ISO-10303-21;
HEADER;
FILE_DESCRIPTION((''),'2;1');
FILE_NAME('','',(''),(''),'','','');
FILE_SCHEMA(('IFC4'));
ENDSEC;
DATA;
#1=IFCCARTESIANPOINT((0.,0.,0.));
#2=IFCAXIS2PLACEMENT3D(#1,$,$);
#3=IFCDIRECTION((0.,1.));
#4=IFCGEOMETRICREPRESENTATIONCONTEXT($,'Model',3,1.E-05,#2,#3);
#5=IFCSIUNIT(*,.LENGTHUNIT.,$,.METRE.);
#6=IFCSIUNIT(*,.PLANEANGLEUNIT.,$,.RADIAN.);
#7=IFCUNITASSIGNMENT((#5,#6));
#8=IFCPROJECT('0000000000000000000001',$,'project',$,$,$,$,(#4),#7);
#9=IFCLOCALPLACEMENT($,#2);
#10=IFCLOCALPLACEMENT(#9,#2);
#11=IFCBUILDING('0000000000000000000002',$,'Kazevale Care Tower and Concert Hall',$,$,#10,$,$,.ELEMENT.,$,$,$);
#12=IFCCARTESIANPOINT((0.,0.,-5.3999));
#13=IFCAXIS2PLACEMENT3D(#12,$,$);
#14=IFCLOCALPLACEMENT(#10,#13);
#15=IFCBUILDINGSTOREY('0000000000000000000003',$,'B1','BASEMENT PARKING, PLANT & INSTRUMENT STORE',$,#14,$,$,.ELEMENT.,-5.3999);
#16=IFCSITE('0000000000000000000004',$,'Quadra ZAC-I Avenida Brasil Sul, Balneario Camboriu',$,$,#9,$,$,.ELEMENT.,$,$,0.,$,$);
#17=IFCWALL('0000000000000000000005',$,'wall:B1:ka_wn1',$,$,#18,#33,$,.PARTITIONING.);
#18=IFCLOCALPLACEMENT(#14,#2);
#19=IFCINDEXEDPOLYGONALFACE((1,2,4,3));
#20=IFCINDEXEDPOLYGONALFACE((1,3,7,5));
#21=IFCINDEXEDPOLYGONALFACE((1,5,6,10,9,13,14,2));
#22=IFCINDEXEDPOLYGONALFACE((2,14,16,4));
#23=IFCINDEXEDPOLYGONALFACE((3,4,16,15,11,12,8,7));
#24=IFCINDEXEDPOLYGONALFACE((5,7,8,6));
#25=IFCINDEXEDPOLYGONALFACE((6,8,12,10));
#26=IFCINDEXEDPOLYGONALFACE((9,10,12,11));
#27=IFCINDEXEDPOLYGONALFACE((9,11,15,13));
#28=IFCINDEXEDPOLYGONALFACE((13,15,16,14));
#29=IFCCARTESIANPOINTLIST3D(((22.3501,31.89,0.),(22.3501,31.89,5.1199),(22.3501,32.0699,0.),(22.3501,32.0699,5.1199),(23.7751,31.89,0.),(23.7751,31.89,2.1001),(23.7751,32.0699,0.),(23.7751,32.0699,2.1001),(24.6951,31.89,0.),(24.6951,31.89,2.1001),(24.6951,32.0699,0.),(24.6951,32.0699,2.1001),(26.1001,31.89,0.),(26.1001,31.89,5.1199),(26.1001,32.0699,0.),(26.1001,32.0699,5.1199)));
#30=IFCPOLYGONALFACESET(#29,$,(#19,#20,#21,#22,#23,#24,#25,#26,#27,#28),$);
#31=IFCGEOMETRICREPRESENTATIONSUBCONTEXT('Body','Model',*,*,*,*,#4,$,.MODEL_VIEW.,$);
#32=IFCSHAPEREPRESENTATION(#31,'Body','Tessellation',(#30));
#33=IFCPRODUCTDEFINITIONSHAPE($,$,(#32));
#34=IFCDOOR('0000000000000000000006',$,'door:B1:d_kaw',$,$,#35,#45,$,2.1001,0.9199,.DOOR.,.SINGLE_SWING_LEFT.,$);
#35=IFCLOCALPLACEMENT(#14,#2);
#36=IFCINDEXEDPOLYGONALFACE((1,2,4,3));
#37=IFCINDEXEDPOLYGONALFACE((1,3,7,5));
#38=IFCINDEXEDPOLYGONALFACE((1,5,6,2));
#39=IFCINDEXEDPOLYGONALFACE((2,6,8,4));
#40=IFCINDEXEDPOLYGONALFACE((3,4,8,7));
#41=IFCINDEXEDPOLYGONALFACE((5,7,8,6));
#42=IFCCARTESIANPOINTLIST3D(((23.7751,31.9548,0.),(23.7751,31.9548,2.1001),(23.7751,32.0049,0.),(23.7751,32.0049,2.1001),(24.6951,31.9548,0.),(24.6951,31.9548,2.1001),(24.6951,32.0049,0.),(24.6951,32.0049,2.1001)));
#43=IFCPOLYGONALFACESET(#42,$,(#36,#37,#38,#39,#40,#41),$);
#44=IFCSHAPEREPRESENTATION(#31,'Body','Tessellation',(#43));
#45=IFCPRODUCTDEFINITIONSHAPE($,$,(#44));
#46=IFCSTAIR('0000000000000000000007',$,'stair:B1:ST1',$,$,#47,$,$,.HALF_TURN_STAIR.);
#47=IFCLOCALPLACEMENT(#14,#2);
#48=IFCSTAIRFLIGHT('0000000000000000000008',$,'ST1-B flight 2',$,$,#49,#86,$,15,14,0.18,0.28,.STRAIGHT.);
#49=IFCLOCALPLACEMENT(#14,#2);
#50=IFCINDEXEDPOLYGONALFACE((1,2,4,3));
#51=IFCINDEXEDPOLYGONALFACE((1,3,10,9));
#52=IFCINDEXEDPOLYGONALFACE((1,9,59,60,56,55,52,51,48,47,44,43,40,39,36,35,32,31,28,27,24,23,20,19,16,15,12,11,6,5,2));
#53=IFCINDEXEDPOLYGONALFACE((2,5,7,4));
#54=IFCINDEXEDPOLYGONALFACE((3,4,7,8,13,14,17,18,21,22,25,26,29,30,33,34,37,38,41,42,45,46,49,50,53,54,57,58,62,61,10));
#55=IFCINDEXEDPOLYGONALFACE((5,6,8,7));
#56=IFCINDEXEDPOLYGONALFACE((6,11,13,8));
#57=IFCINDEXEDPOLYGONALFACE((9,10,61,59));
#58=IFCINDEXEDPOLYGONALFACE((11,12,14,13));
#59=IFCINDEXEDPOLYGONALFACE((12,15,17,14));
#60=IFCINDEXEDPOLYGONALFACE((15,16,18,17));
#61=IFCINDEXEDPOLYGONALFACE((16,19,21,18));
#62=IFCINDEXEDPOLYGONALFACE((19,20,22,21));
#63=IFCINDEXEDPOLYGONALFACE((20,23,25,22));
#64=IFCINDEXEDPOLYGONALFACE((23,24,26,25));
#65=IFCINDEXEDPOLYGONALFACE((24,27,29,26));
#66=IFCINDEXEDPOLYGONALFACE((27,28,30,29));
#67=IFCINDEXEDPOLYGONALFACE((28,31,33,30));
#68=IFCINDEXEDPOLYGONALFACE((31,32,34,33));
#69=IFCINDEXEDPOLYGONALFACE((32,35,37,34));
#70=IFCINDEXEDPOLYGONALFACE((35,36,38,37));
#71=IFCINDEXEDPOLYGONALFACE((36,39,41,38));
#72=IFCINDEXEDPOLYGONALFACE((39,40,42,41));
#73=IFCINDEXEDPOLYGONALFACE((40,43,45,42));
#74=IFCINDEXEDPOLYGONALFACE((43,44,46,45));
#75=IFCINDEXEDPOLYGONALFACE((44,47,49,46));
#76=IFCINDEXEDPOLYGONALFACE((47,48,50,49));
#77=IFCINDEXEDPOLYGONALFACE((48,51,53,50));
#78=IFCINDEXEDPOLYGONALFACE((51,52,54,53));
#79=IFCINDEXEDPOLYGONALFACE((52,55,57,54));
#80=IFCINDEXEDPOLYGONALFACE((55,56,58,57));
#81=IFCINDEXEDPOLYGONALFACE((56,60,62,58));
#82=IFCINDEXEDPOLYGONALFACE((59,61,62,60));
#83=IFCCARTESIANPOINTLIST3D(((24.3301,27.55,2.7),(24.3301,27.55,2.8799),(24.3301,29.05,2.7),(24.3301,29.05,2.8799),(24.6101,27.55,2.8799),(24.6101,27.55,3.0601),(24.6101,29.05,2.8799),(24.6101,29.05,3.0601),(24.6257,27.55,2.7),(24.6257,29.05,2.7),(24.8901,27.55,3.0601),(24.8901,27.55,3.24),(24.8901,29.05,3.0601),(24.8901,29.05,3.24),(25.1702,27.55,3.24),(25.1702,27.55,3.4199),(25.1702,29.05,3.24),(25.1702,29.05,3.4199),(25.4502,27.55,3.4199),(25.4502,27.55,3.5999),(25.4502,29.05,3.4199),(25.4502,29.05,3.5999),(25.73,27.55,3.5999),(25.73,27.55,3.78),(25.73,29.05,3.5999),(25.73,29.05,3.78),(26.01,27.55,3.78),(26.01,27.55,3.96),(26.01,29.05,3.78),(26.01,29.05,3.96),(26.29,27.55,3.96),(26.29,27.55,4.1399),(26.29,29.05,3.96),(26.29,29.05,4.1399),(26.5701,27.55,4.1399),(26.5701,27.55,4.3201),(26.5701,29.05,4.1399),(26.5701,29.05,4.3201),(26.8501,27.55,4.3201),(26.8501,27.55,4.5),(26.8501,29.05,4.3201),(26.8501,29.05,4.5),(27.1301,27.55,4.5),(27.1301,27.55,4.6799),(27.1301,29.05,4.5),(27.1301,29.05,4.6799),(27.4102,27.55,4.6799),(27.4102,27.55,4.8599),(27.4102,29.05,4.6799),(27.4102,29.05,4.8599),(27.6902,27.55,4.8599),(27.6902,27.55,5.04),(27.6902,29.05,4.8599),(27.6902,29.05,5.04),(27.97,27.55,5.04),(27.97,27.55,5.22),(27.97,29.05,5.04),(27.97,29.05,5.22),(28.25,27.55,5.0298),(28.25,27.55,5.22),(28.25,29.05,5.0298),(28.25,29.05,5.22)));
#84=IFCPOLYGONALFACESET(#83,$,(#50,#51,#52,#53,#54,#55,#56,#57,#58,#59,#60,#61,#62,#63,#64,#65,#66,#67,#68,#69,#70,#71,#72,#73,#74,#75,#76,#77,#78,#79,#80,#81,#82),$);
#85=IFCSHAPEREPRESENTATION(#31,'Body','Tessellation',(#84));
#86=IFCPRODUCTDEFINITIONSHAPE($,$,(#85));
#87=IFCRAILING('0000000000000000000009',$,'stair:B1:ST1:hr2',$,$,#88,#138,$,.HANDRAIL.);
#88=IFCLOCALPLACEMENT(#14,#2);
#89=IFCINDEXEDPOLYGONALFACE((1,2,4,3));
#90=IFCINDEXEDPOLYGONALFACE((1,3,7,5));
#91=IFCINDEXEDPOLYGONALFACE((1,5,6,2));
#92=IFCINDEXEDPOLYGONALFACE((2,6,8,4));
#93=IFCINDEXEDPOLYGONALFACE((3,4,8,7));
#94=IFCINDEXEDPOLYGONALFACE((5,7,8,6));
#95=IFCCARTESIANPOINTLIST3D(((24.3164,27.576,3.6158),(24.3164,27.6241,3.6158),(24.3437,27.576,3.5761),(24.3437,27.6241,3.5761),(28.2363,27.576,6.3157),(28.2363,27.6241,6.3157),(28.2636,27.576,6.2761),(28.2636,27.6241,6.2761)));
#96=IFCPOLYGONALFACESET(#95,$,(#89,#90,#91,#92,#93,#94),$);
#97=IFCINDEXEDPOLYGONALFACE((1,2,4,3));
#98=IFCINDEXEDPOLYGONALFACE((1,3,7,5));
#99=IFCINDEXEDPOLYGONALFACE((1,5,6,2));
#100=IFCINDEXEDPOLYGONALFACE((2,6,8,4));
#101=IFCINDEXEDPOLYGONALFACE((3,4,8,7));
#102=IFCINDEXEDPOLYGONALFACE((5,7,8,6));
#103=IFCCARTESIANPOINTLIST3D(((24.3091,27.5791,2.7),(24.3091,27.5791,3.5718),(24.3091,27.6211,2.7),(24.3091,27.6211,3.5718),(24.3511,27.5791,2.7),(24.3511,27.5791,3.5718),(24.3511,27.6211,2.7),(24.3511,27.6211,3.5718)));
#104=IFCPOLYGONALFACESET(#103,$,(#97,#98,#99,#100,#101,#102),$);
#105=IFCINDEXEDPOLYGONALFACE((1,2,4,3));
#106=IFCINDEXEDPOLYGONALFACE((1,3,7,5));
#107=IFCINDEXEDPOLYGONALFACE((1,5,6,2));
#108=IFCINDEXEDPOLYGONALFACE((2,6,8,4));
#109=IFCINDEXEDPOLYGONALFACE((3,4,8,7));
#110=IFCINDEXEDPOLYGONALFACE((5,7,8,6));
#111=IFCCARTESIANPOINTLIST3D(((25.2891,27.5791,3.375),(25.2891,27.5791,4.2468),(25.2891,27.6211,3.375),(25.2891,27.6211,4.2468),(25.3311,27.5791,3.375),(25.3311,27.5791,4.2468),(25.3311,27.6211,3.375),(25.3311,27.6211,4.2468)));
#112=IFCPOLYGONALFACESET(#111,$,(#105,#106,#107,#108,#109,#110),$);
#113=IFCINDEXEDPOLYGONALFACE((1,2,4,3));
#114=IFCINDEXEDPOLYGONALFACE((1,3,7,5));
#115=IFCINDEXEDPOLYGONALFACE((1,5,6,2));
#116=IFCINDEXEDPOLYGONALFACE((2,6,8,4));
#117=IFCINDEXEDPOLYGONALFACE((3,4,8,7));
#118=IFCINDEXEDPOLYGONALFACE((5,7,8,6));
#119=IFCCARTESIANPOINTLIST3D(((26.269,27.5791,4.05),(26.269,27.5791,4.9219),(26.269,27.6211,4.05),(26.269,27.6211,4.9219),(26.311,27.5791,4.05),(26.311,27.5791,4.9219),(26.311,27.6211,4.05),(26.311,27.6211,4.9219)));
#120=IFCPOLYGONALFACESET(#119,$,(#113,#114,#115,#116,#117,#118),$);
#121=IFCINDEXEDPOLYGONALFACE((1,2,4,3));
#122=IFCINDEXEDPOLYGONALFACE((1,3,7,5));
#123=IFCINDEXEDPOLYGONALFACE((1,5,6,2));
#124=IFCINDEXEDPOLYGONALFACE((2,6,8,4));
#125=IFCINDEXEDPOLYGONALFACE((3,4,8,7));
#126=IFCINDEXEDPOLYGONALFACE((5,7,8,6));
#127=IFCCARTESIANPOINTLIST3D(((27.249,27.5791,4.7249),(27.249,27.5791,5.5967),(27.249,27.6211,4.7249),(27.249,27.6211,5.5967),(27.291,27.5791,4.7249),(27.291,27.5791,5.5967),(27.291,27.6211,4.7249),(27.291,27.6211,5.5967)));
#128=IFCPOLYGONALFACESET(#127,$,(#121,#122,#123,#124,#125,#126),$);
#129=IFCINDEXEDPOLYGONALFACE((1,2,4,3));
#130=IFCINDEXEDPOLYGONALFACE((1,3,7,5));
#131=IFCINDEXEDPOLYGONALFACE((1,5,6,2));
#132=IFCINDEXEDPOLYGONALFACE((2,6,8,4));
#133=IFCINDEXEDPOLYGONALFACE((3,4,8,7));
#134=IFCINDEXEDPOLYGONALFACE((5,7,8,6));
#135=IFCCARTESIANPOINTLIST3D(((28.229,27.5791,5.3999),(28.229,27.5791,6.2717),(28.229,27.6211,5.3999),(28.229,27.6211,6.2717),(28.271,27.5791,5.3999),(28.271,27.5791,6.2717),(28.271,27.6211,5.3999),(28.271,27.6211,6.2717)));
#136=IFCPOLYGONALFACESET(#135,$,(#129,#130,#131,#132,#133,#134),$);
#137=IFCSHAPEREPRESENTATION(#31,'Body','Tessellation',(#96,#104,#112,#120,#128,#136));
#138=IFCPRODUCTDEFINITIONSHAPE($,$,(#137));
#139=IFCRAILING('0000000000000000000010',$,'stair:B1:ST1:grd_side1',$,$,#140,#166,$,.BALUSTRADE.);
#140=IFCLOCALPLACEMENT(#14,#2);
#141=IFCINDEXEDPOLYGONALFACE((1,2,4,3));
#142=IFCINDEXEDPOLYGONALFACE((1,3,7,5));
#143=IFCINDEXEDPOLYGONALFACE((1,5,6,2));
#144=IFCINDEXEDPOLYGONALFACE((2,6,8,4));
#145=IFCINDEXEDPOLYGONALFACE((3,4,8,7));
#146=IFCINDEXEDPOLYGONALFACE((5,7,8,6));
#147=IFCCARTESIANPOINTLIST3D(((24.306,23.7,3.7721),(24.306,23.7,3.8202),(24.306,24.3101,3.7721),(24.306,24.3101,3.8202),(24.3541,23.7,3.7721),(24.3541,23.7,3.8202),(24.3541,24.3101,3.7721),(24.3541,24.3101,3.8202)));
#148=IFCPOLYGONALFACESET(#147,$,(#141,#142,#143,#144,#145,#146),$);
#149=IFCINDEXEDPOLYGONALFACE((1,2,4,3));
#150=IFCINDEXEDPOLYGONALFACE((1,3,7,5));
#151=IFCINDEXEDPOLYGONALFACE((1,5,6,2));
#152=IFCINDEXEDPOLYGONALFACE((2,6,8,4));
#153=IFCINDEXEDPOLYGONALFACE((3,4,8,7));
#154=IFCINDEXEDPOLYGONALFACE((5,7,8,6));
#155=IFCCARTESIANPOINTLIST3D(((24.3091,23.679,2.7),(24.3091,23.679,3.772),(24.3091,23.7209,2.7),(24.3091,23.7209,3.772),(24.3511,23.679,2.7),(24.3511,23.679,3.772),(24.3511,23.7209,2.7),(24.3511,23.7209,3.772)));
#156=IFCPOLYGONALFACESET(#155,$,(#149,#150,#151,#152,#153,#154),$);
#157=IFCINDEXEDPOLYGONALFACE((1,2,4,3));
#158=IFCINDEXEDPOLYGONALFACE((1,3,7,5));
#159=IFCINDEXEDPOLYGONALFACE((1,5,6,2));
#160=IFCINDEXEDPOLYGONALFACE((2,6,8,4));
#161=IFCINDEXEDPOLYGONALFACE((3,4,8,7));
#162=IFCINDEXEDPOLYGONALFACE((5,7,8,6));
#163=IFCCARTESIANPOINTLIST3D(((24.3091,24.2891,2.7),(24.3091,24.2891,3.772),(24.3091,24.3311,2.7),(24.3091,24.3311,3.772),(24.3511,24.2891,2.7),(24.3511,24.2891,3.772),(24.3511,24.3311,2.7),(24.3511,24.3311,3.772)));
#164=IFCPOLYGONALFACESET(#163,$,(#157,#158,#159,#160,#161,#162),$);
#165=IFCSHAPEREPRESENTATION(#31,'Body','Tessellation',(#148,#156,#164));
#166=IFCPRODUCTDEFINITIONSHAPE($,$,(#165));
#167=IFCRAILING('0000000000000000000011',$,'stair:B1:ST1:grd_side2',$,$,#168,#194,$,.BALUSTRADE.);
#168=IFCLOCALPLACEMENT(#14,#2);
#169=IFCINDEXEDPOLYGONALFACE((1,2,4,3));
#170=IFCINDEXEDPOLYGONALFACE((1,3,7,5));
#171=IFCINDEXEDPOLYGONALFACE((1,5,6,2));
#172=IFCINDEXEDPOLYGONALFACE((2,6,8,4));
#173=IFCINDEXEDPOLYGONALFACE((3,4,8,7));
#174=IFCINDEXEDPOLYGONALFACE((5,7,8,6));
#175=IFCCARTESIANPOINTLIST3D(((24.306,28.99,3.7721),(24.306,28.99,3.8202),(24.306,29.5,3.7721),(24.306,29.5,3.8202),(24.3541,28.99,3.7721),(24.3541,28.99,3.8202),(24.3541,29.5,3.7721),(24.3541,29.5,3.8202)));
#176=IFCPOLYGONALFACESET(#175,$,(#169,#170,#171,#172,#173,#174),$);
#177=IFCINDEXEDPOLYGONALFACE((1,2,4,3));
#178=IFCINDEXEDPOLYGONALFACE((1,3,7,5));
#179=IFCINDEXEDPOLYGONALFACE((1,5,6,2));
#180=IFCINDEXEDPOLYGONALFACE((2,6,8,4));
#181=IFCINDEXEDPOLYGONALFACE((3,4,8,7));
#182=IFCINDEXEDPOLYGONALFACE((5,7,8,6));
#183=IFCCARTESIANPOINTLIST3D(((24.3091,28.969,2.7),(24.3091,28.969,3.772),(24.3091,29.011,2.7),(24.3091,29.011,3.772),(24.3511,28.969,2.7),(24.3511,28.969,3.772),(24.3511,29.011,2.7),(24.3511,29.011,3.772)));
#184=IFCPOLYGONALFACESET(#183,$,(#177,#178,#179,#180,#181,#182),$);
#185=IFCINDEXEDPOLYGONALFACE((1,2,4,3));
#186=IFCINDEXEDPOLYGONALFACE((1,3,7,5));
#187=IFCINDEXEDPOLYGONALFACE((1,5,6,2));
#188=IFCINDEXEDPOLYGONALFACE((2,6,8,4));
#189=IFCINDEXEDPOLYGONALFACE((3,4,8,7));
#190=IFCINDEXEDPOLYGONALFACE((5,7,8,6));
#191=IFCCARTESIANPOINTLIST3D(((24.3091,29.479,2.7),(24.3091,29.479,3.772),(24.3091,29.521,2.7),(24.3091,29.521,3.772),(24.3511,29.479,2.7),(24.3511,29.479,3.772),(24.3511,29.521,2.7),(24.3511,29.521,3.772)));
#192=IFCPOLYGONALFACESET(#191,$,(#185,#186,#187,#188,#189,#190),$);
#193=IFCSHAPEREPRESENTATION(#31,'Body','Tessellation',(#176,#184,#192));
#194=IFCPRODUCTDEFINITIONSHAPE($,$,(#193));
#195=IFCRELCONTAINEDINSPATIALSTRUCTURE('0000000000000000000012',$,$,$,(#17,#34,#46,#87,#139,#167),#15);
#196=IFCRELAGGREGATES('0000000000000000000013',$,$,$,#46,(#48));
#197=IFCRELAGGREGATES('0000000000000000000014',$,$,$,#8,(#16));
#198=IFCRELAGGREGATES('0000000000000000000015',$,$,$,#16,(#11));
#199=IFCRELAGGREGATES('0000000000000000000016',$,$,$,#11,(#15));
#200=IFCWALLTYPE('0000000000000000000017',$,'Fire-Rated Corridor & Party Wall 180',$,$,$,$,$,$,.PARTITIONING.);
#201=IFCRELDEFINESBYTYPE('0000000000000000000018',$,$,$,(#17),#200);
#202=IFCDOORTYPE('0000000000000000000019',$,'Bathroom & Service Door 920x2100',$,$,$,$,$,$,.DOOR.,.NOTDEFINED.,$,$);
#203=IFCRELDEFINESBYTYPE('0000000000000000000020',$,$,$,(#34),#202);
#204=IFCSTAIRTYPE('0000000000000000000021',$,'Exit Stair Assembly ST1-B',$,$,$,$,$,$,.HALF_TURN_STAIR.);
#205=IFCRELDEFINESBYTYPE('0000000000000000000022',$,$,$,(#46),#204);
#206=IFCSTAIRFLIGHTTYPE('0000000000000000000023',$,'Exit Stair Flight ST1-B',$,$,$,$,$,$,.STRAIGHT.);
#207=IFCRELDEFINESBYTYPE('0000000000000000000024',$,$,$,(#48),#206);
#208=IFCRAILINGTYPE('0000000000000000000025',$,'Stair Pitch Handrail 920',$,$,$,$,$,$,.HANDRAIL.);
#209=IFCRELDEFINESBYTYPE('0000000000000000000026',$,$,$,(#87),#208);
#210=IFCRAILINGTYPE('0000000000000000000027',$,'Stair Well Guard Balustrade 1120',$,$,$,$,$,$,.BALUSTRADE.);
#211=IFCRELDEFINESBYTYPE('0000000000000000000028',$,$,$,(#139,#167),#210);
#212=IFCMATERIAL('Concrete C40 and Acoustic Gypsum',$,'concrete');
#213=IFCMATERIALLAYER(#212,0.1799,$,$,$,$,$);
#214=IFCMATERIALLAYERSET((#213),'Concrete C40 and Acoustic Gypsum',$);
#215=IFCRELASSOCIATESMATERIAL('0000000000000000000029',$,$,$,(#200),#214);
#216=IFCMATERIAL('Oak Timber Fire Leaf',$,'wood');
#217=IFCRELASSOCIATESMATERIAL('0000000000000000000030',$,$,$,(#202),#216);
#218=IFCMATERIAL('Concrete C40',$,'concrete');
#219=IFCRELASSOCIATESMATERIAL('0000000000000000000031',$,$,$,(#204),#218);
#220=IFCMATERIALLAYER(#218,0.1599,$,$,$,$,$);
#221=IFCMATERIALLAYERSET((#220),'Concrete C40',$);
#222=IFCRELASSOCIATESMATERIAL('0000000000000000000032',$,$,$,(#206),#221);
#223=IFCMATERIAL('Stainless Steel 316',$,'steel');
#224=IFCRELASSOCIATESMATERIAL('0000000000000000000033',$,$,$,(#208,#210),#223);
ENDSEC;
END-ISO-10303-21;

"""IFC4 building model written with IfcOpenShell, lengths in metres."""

from ifc_helpers import new_model, si_unit, direction, frame, frame_2d, origin, origin_2d, place, context, subcontext, project, spatial, polyline, rectangle, outline, extrude, material, layer, layer_set, type_object, element, fill, aggregate, save


model = new_model("IFC4")

# Units and contexts
model_context = context("Model", 3, precision=1e-05, world=origin(), true_north=direction((0.0, 1.0)))
body_context = subcontext(model_context, "Body", "Model", "MODEL_VIEW")
ifc_project = project(units=[si_unit("LENGTHUNIT", "METRE"), si_unit("PLANEANGLEUNIT", "RADIAN")], contexts=[model_context])

# Site, building, storey
site_placement = place(None, origin())
site = spatial("IfcSite", under=ifc_project, at=site_placement, Name="Quadra ZAC-I Avenida Brasil Sul, Balneario Camboriu", CompositionType="ELEMENT", RefElevation=0.0)
building_placement = place(site_placement, origin())
building = spatial("IfcBuilding", under=site, at=building_placement, Name="Kazevale Care Tower and Concert Hall", CompositionType="ELEMENT")
storey_placement = place(building_placement, frame((0.0, 0.0, -5.3999)))
storey = spatial("IfcBuildingStorey", under=building, at=storey_placement, Name="B1", Description="BASEMENT PARKING, PLANT & INSTRUMENT STORE", CompositionType="ELEMENT", Elevation=-5.3999)

# Wall, opening, door
ifc_material_1 = material(Name="Concrete C40 and Acoustic Gypsum", Category="concrete")
ifc_layer_1 = layer(ifc_material_1, 0.1799)
ifc_layer_set_1 = layer_set([ifc_layer_1], Name="Concrete C40 and Acoustic Gypsum")
wall_type_1 = type_object("IfcWallType", Name="Fire-Rated Corridor & Party Wall 180", PredefinedType="PARTITIONING", material=ifc_layer_set_1)
wall_1_placement = place(storey_placement, frame((22.3501, 31.98, 0.0), z_axis=(0.0, 0.0, 1.0), x_axis=(1.0, 0.0, 0.0)))
wall_1 = element("IfcWall", 1, at=wall_1_placement, inside=storey, type_object=wall_type_1, Name="wall:B1:ka_wn1", PredefinedType="PARTITIONING", context=body_context, shape_type="SweptSolid", body=[
    extrude(rectangle(XDim=3.75, YDim=0.1799, at=frame_2d((1.875, 0.0))), origin(), (0.0, 0.0, 1.0), 5.1199),
])
opening_1_placement = place(wall_1_placement, frame((1.425, 0.0, 0.0)))
opening_1 = element("IfcOpeningElement", 2, at=opening_1_placement, cuts=wall_1, PredefinedType="OPENING", context=body_context, shape_type="SweptSolid", body=[
    extrude(rectangle(XDim=0.9199, YDim=2.1001, at=frame_2d((0.46, 1.05))), frame((0.0, 0.0999, 0.0), z_axis=(0.0, -1.0, 0.0), x_axis=(1.0, 0.0, 0.0)), (0.0, 0.0, 1.0), 0.2),
])
ifc_material_2 = material(Name="Oak Timber Fire Leaf", Category="wood")
door_type_1 = type_object("IfcDoorType", Name="Bathroom & Service Door 920x2100", OperationType="NOTDEFINED", PredefinedType="DOOR", material=ifc_material_2)
door_1_placement = place(opening_1_placement, origin())
door_1 = element("IfcDoor", 3, at=door_1_placement, inside=storey, type_object=door_type_1, Name="door:B1:d_kaw", OperationType="SINGLE_SWING_LEFT", OverallHeight=2.1001, OverallWidth=0.9199, PredefinedType="DOOR", context=body_context, shape_type="SweptSolid", body=[
    extrude(rectangle(XDim=0.9199, YDim=2.1001, at=frame_2d((0.46, 1.05))), frame((0.0, 0.0249, 0.0), z_axis=(0.0, -1.0, 0.0), x_axis=(1.0, 0.0, 0.0)), (0.0, 0.0, 1.0), 0.05),
])
fill(opening_1, door_1)

# Stair, stair flight
ifc_material_3 = material(Name="Concrete C40", Category="concrete")
stair_type = type_object("IfcStairType", Name="Exit Stair Assembly ST1-B", PredefinedType="HALF_TURN_STAIR", material=ifc_material_3)
stair_placement = place(storey_placement, origin())
stair = element("IfcStair", 4, at=stair_placement, inside=storey, type_object=stair_type, Name="stair:B1:ST1", PredefinedType="HALF_TURN_STAIR")
ifc_layer_2 = layer(ifc_material_3, 0.1599)
ifc_layer_set_2 = layer_set([ifc_layer_2], Name="Concrete C40")
stair_flight_type = type_object("IfcStairFlightType", Name="Exit Stair Flight ST1-B", PredefinedType="STRAIGHT", material=ifc_layer_set_2)
stair_flight_placement = place(storey_placement, frame((24.3301, 28.3, 2.7), z_axis=(0.0, 0.0, 1.0), x_axis=(1.0, 0.0, 0.0)))
stair_flight = element("IfcStairFlight", 5, at=stair_flight_placement, type_object=stair_flight_type, Name="ST1-B flight 2", NumberOfRisers=15, NumberOfTreads=14, PredefinedType="STRAIGHT", RiserHeight=0.18, TreadLength=0.28, context=body_context, shape_type="SweptSolid", body=[
    extrude(outline(polyline([(0.0, 0.0), (0.0, 0.1799), (0.28, 0.1799), (0.28, 0.3601), (0.5601, 0.3601), (0.5601, 0.54), (0.8401, 0.54), (0.8401, 0.72), (1.1201, 0.72), (1.1201, 0.8999), (1.3999, 0.8999), (1.3999, 1.0801), (1.6799, 1.0801), (1.6799, 1.26), (1.96, 1.26), (1.96, 1.4399), (2.24, 1.4399), (2.24, 1.6201), (2.52, 1.6201), (2.52, 1.8), (2.8, 1.8), (2.8, 1.98), (3.0801, 1.98), (3.0801, 2.1599), (3.3601, 2.1599), (3.3601, 2.3401), (3.6399, 2.3401), (3.6399, 2.52), (3.9199, 2.52), (3.9199, 2.7), (3.9199, 2.3298), (0.2957, 0.0), (0.0, 0.0)])), frame((0.0, 0.75, 0.0), z_axis=(0.0, -1.0, 0.0), x_axis=(1.0, 0.0, 0.0)), (0.0, 0.0, 1.0), 1.5),
])
aggregate(stair, [stair_flight])

# Railings
ifc_material_4 = material(Name="Stainless Steel 316", Category="steel")
railing_type_1 = type_object("IfcRailingType", Name="Stair Pitch Handrail 920", PredefinedType="HANDRAIL", material=ifc_material_4)
railing_1_placement = place(storey_placement, frame((24.3301, 27.6001, 2.7)))
element("IfcRailing", 6, at=railing_1_placement, inside=storey, type_object=railing_type_1, Name="stair:B1:ST1:hr2", PredefinedType="HANDRAIL", context=body_context, shape_type="SweptSolid", body=[
    extrude(rectangle(XDim=0.0481, YDim=0.0481, at=origin_2d()), frame((0.0, 0.0, 0.896), z_axis=(0.823551, 0.0, 0.567243), x_axis=(0.0, 1.0, 0.0)), (0.0, 0.0, 1.0), 4.7598),
    extrude(rectangle(XDim=0.042, YDim=0.042, at=origin_2d()), origin(), (0.0, 0.0, 1.0), 0.8718),
    extrude(rectangle(XDim=0.042, YDim=0.042, at=origin_2d()), frame((0.98, 0.0, 0.675)), (0.0, 0.0, 1.0), 0.8718),
    extrude(rectangle(XDim=0.042, YDim=0.042, at=origin_2d()), frame((1.96, 0.0, 1.3501)), (0.0, 0.0, 1.0), 0.8718),
    extrude(rectangle(XDim=0.042, YDim=0.042, at=origin_2d()), frame((2.9399, 0.0, 2.0249)), (0.0, 0.0, 1.0), 0.8718),
    extrude(rectangle(XDim=0.042, YDim=0.042, at=origin_2d()), frame((3.9199, 0.0, 2.7)), (0.0, 0.0, 1.0), 0.8718),
])
railing_type_2 = type_object("IfcRailingType", Name="Stair Well Guard Balustrade 1120", PredefinedType="BALUSTRADE", material=ifc_material_4)
railing_2_placement = place(storey_placement, frame((24.3301, 23.7, 2.7)))
element("IfcRailing", 7, at=railing_2_placement, inside=storey, type_object=railing_type_2, Name="stair:B1:ST1:grd_side1", PredefinedType="BALUSTRADE", context=body_context, shape_type="SweptSolid", body=[
    extrude(rectangle(XDim=0.0481, YDim=0.0481, at=origin_2d()), frame((0.0, 0.0, 1.0962), z_axis=(0.0, 1.0, 0.0), x_axis=(-1.0, 0.0, 0.0)), (0.0, 0.0, 1.0), 0.6101),
    extrude(rectangle(XDim=0.042, YDim=0.042, at=origin_2d()), origin(), (0.0, 0.0, 1.0), 1.072),
    extrude(rectangle(XDim=0.042, YDim=0.042, at=origin_2d()), frame((0.0, 0.6101, 0.0)), (0.0, 0.0, 1.0), 1.072),
])
railing_3_placement = place(storey_placement, frame((24.3301, 28.99, 2.7)))
element("IfcRailing", 8, at=railing_3_placement, inside=storey, type_object=railing_type_2, Name="stair:B1:ST1:grd_side2", PredefinedType="BALUSTRADE", context=body_context, shape_type="SweptSolid", body=[
    extrude(rectangle(XDim=0.0481, YDim=0.0481, at=origin_2d()), frame((0.0, 0.0, 1.0962), z_axis=(0.0, 1.0, 0.0), x_axis=(-1.0, 0.0, 0.0)), (0.0, 0.0, 1.0), 0.51),
    extrude(rectangle(XDim=0.042, YDim=0.042, at=origin_2d()), origin(), (0.0, 0.0, 1.0), 1.072),
    extrude(rectangle(XDim=0.042, YDim=0.042, at=origin_2d()), frame((0.0, 0.51, 0.0)), (0.0, 0.0, 1.0), 1.072),
])

save(model, "model.ifc")
